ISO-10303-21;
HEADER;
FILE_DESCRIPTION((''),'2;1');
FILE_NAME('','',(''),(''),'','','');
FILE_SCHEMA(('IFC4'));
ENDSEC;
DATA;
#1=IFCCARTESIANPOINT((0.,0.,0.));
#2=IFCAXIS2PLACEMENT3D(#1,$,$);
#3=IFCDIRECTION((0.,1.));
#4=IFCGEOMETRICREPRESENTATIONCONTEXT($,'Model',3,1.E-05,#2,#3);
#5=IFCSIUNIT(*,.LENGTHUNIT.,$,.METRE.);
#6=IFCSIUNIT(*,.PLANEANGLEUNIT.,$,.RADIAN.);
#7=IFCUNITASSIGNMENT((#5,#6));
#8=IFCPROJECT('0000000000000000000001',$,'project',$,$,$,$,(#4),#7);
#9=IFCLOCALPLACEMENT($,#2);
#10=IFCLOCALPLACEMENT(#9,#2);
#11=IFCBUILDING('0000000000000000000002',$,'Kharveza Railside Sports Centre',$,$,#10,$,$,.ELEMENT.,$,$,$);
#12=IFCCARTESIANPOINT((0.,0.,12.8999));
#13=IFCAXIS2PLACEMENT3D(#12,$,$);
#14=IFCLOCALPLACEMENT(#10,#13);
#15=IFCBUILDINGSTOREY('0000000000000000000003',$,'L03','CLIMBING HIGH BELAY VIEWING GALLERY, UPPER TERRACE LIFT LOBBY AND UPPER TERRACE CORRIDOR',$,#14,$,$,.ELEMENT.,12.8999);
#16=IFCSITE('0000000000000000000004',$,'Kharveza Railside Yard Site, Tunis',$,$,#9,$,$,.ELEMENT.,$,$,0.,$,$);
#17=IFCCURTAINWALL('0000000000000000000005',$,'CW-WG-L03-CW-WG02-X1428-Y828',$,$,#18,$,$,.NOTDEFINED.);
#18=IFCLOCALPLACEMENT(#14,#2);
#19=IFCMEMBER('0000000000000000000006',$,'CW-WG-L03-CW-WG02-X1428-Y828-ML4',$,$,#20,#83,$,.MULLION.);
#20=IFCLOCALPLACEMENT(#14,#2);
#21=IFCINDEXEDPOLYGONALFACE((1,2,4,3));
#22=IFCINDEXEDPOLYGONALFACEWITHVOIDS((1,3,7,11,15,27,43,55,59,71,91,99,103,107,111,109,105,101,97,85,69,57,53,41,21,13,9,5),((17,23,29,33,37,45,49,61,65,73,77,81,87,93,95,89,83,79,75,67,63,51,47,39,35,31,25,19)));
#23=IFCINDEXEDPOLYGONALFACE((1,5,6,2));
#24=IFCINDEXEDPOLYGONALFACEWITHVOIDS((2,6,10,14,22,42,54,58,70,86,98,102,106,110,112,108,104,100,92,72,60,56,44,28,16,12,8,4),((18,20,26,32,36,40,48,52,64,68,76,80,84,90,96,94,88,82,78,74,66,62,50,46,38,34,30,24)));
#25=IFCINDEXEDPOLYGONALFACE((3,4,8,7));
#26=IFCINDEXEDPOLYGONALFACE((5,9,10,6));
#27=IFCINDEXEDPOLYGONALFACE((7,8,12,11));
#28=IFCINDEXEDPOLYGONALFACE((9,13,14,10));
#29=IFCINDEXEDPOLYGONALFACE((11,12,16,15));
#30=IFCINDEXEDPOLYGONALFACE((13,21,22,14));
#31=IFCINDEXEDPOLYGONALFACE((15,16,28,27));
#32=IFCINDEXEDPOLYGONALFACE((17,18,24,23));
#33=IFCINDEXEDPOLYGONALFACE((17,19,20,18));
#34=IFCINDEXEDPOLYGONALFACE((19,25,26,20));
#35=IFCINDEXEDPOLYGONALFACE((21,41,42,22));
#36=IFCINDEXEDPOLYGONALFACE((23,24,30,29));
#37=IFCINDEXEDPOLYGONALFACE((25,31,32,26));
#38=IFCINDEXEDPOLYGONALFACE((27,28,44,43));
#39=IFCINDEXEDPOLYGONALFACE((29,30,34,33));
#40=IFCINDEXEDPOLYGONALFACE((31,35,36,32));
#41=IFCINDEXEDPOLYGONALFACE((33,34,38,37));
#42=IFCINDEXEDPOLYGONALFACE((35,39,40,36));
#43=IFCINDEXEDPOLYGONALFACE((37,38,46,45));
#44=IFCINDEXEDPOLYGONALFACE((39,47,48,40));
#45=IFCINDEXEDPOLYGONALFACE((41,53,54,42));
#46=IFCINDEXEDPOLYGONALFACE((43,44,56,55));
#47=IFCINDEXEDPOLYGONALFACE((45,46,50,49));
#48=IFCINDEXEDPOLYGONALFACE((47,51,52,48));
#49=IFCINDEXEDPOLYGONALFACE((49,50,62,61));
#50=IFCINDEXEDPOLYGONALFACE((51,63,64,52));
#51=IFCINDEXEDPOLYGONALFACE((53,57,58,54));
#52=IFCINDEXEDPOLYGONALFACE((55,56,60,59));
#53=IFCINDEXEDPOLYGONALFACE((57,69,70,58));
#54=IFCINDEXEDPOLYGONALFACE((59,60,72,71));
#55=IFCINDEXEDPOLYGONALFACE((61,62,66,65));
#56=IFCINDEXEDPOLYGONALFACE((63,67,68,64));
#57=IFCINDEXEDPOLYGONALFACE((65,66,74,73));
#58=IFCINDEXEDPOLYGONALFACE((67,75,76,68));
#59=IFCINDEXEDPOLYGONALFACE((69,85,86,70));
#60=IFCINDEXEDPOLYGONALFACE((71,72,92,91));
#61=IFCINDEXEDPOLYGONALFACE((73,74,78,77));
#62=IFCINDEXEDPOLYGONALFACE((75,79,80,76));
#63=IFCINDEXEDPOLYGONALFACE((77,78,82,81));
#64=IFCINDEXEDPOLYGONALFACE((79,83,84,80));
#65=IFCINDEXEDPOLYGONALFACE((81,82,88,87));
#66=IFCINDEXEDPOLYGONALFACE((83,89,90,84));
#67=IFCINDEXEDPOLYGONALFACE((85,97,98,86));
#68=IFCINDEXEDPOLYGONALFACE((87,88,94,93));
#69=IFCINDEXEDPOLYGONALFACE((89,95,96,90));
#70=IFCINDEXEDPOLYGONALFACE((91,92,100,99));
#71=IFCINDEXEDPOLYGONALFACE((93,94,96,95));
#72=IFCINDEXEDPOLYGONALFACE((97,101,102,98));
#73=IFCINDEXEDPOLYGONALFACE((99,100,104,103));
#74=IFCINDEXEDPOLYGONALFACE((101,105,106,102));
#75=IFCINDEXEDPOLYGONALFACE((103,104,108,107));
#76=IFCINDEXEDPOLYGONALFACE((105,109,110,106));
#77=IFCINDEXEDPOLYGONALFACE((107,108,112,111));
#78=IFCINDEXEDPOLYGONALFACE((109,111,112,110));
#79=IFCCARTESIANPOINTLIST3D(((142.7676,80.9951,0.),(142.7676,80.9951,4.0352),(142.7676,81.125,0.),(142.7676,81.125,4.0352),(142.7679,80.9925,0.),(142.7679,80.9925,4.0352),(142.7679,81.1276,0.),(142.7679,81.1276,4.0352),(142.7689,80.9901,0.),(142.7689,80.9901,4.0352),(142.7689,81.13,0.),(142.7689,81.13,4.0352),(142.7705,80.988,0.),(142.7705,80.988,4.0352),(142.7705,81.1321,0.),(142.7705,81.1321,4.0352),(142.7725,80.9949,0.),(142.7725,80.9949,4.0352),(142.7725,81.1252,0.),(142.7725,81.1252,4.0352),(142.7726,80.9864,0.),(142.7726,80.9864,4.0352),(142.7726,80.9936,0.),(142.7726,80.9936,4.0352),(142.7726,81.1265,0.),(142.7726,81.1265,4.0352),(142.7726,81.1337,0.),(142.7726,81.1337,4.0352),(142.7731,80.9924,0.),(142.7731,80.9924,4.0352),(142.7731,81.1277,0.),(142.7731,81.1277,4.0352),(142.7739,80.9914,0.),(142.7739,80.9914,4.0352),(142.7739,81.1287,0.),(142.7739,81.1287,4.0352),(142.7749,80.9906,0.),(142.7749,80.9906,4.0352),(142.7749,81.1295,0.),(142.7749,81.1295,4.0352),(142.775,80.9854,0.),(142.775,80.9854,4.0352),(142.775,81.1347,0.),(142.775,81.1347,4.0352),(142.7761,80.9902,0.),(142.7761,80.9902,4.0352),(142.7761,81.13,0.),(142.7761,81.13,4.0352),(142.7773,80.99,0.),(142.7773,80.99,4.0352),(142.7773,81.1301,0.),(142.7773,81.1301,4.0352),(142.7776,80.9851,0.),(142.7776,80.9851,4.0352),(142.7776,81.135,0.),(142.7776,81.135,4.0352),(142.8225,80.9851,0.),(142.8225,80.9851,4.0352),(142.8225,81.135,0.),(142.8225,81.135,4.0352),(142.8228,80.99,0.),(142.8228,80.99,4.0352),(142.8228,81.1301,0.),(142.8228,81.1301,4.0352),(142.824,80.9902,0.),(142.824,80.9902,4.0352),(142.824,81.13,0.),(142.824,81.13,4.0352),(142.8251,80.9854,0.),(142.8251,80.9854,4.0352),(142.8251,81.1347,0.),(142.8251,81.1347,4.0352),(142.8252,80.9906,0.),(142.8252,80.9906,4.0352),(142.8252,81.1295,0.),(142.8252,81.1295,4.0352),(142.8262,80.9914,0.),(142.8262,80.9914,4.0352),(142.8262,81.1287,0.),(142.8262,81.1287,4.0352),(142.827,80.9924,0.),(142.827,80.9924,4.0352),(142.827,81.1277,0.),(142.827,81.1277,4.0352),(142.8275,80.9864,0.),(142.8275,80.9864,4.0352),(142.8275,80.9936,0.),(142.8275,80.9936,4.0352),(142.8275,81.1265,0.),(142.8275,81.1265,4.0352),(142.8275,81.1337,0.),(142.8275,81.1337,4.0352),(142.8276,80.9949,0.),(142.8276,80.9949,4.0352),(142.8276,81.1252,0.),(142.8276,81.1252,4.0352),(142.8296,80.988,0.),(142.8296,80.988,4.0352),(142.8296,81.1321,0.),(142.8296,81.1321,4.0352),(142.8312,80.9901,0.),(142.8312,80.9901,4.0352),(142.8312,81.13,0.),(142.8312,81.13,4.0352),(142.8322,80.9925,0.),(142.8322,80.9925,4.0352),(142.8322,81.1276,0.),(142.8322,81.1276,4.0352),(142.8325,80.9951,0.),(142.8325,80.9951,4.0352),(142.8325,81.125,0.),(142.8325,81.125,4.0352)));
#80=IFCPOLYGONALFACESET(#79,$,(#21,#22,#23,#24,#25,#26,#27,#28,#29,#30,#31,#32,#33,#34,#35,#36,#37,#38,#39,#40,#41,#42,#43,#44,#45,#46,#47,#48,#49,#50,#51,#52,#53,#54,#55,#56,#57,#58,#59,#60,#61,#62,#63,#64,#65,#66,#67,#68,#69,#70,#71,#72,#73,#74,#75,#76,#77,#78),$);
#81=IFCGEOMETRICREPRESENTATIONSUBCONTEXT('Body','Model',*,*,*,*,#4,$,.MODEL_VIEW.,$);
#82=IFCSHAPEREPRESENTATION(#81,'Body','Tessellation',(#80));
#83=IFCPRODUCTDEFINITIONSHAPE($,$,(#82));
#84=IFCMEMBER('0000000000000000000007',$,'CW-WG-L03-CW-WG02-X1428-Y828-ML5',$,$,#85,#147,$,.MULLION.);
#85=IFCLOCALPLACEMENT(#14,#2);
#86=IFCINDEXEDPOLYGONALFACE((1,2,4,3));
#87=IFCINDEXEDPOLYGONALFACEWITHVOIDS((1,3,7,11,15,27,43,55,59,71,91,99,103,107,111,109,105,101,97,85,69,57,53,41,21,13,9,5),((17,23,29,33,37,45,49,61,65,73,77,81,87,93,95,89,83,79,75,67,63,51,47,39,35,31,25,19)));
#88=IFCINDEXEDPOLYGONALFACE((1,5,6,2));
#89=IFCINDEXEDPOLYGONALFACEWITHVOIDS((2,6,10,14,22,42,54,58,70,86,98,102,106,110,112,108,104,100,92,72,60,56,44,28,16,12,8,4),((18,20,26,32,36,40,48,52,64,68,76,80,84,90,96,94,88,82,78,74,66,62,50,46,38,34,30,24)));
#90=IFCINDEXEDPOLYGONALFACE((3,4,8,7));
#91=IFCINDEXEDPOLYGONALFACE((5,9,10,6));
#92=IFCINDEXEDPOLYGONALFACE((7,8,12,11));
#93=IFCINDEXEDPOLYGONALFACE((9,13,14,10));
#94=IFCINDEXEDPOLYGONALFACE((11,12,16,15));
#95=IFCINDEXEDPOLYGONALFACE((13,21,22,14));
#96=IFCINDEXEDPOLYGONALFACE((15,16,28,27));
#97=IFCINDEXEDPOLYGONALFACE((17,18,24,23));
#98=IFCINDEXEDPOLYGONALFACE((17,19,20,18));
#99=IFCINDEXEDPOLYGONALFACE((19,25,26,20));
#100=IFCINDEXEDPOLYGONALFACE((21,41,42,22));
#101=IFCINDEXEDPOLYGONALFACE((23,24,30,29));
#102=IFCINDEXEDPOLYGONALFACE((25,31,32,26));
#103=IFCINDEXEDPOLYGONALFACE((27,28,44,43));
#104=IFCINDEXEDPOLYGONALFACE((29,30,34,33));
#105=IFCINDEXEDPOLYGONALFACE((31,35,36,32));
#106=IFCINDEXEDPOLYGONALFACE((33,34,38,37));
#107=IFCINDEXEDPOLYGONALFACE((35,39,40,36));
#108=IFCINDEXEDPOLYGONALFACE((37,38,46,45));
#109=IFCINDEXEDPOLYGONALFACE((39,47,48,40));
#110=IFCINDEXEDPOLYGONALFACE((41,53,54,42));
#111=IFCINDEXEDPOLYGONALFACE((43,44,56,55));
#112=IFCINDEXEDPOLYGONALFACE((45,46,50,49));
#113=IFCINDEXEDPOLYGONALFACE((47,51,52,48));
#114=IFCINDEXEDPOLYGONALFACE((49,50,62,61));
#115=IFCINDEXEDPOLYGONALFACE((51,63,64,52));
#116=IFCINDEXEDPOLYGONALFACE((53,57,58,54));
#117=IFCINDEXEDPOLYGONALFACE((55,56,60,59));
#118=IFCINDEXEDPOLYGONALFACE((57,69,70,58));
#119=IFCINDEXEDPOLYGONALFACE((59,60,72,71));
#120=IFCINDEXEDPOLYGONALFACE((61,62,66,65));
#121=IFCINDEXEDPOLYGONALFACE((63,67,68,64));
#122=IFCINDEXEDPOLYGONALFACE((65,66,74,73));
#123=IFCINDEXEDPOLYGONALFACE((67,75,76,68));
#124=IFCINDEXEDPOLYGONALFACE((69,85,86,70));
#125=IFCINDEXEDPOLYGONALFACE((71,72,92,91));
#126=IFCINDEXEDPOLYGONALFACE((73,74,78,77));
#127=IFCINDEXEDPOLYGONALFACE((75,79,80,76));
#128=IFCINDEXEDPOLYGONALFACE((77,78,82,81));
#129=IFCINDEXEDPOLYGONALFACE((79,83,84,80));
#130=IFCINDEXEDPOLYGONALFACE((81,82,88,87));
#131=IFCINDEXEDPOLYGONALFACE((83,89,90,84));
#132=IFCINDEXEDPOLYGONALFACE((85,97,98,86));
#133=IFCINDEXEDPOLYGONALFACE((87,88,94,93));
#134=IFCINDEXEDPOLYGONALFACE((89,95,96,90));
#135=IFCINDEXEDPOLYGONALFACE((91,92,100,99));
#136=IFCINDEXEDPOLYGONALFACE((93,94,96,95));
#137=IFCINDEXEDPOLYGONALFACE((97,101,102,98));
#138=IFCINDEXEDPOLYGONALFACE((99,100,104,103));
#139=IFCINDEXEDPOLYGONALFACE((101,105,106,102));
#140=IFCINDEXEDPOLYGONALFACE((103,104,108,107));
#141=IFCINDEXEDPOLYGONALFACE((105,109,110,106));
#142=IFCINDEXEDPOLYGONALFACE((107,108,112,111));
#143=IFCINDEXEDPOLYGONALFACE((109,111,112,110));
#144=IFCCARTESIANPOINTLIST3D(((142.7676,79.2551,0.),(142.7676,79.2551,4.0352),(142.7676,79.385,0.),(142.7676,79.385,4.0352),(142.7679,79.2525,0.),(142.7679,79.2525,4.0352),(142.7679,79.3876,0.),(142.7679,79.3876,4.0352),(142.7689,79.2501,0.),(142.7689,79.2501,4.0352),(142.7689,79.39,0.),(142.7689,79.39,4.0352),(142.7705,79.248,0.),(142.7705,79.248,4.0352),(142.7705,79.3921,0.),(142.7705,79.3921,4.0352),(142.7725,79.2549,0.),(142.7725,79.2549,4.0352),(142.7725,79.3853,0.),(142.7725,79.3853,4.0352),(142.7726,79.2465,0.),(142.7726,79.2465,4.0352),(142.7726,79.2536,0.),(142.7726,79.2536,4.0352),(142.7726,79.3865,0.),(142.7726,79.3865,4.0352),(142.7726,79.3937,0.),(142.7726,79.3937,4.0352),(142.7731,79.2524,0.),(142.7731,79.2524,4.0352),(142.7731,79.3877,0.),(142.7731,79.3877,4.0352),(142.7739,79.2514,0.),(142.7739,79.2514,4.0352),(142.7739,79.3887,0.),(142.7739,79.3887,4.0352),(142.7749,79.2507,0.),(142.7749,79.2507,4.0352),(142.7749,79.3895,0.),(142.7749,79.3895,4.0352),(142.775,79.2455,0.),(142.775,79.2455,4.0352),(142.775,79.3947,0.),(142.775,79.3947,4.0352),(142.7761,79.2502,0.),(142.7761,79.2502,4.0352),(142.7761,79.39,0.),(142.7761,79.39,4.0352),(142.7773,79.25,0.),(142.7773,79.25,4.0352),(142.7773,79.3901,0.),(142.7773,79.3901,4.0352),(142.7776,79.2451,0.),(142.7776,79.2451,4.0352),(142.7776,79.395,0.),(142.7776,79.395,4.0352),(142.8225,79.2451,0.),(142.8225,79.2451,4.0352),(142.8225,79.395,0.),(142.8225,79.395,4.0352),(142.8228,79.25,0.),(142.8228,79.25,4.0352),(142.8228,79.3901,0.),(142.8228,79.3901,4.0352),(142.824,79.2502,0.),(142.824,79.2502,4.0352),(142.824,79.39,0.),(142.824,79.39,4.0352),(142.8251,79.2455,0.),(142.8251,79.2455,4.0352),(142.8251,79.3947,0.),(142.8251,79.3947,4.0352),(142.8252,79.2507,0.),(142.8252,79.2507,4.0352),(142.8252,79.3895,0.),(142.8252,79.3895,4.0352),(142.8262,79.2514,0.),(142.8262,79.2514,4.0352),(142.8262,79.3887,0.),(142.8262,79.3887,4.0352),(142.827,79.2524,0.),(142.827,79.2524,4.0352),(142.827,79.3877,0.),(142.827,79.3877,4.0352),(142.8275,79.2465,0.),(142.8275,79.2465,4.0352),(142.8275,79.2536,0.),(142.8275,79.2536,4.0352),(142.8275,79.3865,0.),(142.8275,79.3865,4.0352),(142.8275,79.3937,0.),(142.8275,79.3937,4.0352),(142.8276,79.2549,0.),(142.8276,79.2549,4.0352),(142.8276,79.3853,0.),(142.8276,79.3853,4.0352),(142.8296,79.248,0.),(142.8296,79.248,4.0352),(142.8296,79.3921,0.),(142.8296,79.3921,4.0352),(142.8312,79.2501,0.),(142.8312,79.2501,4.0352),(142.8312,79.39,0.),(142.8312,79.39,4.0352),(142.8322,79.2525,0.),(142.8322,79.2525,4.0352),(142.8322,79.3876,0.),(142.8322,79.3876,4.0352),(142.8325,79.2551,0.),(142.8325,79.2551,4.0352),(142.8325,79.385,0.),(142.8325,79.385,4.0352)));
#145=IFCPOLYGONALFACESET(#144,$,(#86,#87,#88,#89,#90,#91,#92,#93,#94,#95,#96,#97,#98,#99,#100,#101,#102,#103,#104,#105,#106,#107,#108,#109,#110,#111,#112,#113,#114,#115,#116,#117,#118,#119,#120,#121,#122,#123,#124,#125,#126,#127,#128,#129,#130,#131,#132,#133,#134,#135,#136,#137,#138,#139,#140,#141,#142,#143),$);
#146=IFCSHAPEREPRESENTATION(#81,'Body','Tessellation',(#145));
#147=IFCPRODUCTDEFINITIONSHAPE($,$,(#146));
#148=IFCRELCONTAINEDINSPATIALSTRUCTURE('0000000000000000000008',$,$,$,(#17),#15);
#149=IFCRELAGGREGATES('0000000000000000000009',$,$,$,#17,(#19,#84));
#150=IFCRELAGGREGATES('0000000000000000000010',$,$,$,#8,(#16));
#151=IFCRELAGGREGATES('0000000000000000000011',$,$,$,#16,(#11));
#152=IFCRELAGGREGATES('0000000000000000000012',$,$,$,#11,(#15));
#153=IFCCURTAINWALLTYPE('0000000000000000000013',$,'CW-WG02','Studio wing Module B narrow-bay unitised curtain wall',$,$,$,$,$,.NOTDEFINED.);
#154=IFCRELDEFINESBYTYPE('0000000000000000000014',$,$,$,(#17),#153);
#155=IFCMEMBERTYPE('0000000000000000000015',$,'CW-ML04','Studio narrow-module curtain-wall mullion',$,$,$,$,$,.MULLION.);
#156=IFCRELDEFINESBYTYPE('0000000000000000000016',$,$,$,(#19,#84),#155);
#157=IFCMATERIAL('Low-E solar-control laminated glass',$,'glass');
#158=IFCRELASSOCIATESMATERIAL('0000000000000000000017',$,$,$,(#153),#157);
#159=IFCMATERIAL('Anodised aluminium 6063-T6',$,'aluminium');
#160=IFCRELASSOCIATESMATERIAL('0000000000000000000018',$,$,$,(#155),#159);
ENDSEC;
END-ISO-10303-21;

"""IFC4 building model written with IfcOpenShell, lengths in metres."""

from ifc_helpers import new_model, si_unit, direction, frame, origin, origin_2d, place, context, subcontext, project, spatial, hollow_rectangle, extrude, material, material_profile, profile_set, type_object, element, aggregate, save


model = new_model("IFC4")

# Units and contexts
model_context = context("Model", 3, precision=1e-05, world=origin(), true_north=direction((0.0, 1.0)))
body_context = subcontext(model_context, "Body", "Model", "MODEL_VIEW")
ifc_project = project(units=[si_unit("LENGTHUNIT", "METRE"), si_unit("PLANEANGLEUNIT", "RADIAN")], contexts=[model_context])

# Site, building, storey
site_placement = place(None, origin())
site = spatial("IfcSite", under=ifc_project, at=site_placement, Name="Kharveza Railside Yard Site, Tunis", CompositionType="ELEMENT", RefElevation=0.0)
building_placement = place(site_placement, origin())
building = spatial("IfcBuilding", under=site, at=building_placement, Name="Kharveza Railside Sports Centre", CompositionType="ELEMENT")
storey_placement = place(building_placement, frame((0.0, 0.0, 12.8999)))
storey = spatial("IfcBuildingStorey", under=building, at=storey_placement, Name="L03", Description="CLIMBING HIGH BELAY VIEWING GALLERY, UPPER TERRACE LIFT LOBBY AND UPPER TERRACE CORRIDOR", CompositionType="ELEMENT", Elevation=12.8999)

# Curtain wall, members
ifc_material_1 = material(Name="Low-E solar-control laminated glass", Category="glass")
curtain_wall_type = type_object("IfcCurtainWallType", Name="CW-WG02", Description="Studio wing Module B narrow-bay unitised curtain wall", PredefinedType="NOTDEFINED", material=ifc_material_1)
curtain_wall_1_placement = place(storey_placement, origin())
curtain_wall_1 = element("IfcCurtainWall", 1, at=curtain_wall_1_placement, inside=storey, type_object=curtain_wall_type, Name="CW-WG-L03-CW-WG02-X1428-Y828", PredefinedType="NOTDEFINED")
ifc_material_2 = material(Name="Anodised aluminium 6063-T6", Category="aluminium")
ifc_material_profile_1 = material_profile(ifc_material_2, hollow_rectangle(XDim=0.0649, YDim=0.1499, WallThickness=0.0049, InnerFilletRadius=0.0049, OuterFilletRadius=0.01, at=origin_2d()), Name="RHS 65x150x5.0")
ifc_profile_set_1 = profile_set([ifc_material_profile_1], Name="Anodised aluminium 6063-T6")
member_type_1 = type_object("IfcMemberType", Name="CW-ML04", Description="Studio narrow-module curtain-wall mullion", PredefinedType="MULLION", material=ifc_profile_set_1)
member_1_placement = place(storey_placement, frame((142.8, 81.0601, 0.0), z_axis=(0.0, 0.0, 1.0), x_axis=(1.0, 0.0, 0.0)))
member_1 = element("IfcMember", 2, at=member_1_placement, type_object=member_type_1, Name="CW-WG-L03-CW-WG02-X1428-Y828-ML4", PredefinedType="MULLION", context=body_context, shape_type="SweptSolid", body=[
    extrude(hollow_rectangle(XDim=0.0649, YDim=0.1499, WallThickness=0.0049, InnerFilletRadius=0.0049, OuterFilletRadius=0.01, at=origin_2d()), origin(), (0.0, 0.0, 1.0), 4.0352),
])
member_2_placement = place(storey_placement, frame((142.8, 79.3201, 0.0), z_axis=(0.0, 0.0, 1.0), x_axis=(1.0, 0.0, 0.0)))
member_2 = element("IfcMember", 3, at=member_2_placement, type_object=member_type_1, Name="CW-WG-L03-CW-WG02-X1428-Y828-ML5", PredefinedType="MULLION", context=body_context, shape_type="SweptSolid", body=[
    extrude(hollow_rectangle(XDim=0.0649, YDim=0.1499, WallThickness=0.0049, InnerFilletRadius=0.0049, OuterFilletRadius=0.01, at=origin_2d()), origin(), (0.0, 0.0, 1.0), 4.0352),
])

aggregate(curtain_wall_1, [member_1, member_2])

save(model, "model.ifc")
